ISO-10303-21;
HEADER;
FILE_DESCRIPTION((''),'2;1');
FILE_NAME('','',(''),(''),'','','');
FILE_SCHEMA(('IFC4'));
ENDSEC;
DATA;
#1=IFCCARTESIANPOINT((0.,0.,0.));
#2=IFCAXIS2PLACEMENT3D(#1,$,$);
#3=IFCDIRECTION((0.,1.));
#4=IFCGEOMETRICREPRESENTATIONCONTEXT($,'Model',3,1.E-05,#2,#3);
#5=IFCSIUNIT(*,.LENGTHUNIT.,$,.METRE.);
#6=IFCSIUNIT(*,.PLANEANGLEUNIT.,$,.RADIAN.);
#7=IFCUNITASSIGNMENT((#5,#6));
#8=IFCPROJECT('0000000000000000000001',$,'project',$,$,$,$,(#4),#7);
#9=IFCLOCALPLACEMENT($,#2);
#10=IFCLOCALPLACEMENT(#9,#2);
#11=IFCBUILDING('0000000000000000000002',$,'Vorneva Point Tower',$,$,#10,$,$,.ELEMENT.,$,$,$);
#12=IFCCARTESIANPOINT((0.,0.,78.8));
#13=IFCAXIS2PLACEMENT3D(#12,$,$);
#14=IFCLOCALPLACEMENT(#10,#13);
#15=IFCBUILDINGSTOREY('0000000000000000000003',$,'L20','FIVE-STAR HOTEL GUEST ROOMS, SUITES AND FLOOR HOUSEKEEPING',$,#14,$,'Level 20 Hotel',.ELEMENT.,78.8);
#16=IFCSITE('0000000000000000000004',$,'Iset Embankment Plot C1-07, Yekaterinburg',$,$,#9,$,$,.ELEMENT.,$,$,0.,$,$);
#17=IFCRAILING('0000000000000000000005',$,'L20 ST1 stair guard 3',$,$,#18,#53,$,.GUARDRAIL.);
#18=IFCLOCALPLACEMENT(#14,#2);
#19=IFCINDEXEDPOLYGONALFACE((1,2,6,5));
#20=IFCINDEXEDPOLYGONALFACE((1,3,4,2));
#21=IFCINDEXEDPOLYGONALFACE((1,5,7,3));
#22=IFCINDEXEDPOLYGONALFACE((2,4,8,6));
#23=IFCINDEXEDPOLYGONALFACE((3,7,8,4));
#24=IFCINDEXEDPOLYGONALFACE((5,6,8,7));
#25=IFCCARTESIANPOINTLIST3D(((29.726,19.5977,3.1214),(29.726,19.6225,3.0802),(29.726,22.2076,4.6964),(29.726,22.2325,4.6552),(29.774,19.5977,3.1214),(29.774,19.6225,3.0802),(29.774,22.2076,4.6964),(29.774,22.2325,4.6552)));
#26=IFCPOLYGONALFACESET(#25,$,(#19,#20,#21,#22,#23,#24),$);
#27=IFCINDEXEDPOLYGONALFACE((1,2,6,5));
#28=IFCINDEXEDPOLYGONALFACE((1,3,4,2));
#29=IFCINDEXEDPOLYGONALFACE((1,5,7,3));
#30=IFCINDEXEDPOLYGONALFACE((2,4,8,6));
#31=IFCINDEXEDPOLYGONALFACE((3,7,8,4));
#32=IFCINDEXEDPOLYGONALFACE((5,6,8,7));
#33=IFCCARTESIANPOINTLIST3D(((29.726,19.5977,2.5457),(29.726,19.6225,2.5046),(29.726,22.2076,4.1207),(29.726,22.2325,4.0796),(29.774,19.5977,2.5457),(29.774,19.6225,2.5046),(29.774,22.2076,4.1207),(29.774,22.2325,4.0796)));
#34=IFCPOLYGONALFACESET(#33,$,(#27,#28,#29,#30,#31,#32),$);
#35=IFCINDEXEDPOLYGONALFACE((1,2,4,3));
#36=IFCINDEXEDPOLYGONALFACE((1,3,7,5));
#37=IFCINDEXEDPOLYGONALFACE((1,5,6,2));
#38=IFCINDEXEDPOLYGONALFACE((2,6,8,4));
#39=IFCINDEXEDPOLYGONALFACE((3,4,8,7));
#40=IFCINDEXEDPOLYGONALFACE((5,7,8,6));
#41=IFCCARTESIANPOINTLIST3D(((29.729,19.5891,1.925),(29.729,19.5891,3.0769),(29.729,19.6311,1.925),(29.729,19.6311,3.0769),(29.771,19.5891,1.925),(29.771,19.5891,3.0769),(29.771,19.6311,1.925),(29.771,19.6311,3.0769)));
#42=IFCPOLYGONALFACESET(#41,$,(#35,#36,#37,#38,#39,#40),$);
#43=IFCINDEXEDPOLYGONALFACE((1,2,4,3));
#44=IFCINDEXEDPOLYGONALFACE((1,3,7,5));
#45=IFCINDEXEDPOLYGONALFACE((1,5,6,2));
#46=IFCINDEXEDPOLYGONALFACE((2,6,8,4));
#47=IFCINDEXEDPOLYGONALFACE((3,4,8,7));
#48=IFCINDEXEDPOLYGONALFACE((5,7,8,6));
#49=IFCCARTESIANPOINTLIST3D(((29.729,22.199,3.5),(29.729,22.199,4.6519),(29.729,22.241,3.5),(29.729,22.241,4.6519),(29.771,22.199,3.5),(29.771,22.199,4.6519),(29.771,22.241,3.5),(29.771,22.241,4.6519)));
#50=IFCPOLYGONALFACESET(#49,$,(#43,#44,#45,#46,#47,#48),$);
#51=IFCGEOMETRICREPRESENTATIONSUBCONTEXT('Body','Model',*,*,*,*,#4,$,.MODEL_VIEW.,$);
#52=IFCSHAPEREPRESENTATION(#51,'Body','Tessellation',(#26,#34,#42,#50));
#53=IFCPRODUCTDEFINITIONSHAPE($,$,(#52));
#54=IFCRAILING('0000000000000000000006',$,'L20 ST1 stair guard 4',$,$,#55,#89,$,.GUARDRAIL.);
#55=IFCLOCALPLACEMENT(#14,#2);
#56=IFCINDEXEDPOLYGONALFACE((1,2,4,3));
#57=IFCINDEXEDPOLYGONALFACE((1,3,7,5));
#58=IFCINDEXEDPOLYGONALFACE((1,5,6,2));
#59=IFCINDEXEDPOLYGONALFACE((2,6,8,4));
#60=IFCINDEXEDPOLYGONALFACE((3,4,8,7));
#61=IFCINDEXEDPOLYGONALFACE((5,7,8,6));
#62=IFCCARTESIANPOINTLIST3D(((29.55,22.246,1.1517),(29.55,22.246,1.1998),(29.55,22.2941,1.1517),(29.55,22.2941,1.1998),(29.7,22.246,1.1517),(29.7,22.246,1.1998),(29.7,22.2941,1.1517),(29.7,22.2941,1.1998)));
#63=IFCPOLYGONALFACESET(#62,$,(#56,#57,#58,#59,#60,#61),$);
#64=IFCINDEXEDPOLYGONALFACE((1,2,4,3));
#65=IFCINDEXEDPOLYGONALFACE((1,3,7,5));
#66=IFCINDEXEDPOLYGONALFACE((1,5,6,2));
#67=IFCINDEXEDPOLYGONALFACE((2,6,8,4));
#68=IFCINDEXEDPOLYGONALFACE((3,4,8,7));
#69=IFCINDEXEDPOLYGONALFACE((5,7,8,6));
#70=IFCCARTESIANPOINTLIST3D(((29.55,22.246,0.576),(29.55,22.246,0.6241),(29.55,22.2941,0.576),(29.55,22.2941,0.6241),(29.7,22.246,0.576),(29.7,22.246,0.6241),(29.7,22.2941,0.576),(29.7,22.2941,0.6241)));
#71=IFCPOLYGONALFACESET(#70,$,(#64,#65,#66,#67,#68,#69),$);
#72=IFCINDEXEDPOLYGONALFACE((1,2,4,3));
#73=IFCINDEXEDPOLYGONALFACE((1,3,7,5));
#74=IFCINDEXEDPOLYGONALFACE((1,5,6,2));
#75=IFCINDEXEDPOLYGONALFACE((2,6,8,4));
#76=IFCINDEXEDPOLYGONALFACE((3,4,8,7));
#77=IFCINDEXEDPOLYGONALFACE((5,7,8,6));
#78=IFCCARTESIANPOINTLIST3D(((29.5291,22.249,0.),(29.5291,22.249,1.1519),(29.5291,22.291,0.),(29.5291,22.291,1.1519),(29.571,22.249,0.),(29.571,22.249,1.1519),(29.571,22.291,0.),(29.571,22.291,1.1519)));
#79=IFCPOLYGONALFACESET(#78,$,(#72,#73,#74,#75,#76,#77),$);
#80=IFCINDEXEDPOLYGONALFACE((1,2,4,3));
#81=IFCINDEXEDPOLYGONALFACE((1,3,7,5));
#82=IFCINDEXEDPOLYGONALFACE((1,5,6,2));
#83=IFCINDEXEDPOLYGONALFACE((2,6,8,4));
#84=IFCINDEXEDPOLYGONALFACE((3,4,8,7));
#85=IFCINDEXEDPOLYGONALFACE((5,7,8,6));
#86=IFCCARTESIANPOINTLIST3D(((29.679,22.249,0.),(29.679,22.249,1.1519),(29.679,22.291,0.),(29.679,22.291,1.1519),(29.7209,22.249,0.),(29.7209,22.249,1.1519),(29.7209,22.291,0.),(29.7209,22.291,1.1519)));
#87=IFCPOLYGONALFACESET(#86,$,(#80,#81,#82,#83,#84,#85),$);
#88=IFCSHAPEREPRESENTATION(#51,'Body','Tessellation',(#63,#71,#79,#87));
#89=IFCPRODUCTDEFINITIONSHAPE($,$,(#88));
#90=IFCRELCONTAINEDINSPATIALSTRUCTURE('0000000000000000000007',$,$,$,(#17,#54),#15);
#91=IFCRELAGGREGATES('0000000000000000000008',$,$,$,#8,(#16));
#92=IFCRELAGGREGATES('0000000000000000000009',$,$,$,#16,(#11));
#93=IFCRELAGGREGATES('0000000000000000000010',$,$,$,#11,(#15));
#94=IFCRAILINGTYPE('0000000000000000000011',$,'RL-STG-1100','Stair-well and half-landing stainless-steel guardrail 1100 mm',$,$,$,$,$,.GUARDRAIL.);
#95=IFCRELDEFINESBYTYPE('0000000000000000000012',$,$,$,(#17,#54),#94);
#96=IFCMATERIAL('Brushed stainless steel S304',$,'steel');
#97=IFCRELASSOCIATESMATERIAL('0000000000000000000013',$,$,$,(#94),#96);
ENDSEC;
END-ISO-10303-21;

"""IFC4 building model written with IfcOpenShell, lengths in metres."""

from ifc_helpers import new_model, si_unit, direction, frame, origin, origin_2d, place, context, subcontext, project, spatial, rectangle, extrude, material, type_object, element, save


model = new_model("IFC4")

# Units and contexts
model_context = context("Model", 3, precision=1e-05, world=origin(), true_north=direction((0.0, 1.0)))
body_context = subcontext(model_context, "Body", "Model", "MODEL_VIEW")
ifc_project = project(units=[si_unit("LENGTHUNIT", "METRE"), si_unit("PLANEANGLEUNIT", "RADIAN")], contexts=[model_context])

# Site, building, storey
site_placement = place(None, origin())
site = spatial("IfcSite", under=ifc_project, at=site_placement, Name="Iset Embankment Plot C1-07, Yekaterinburg", CompositionType="ELEMENT", RefElevation=0.0)
building_placement = place(site_placement, origin())
building = spatial("IfcBuilding", under=site, at=building_placement, Name="Vorneva Point Tower", CompositionType="ELEMENT")
storey_placement = place(building_placement, frame((0.0, 0.0, 78.8)))
storey = spatial("IfcBuildingStorey", under=building, at=storey_placement, Name="L20", Description="FIVE-STAR HOTEL GUEST ROOMS, SUITES AND FLOOR HOUSEKEEPING", LongName="Level 20 Hotel", CompositionType="ELEMENT", Elevation=78.8)

# Railings
ifc_material_1 = material(Name="Brushed stainless steel S304", Category="steel")
railing_type_1 = type_object("IfcRailingType", Name="RL-STG-1100", Description="Stair-well and half-landing stainless-steel guardrail 1100 mm", PredefinedType="GUARDRAIL", material=ifc_material_1)
railing_1_placement = place(storey_placement, frame((29.75, 19.6101, 1.925)))
element("IfcRailing", 1, at=railing_1_placement, inside=storey, type_object=railing_type_1, Name="L20 ST1 stair guard 3", PredefinedType="GUARDRAIL", context=body_context, shape_type="SweptSolid", body=[
    extrude(rectangle(XDim=0.0481, YDim=0.0481, at=origin_2d()), frame((0.0, 0.0, 1.1758), z_axis=(0.0, 0.856183, 0.516673), x_axis=(-1.0, 0.0, 0.0)), (0.0, 0.0, 1.0), 3.0483),
    extrude(rectangle(XDim=0.0481, YDim=0.0481, at=origin_2d()), frame((0.0, 0.0, 0.6001), z_axis=(0.0, 0.856183, 0.516673), x_axis=(-1.0, 0.0, 0.0)), (0.0, 0.0, 1.0), 3.0483),
    extrude(rectangle(XDim=0.042, YDim=0.042, at=origin_2d()), origin(), (0.0, 0.0, 1.0), 1.1519),
    extrude(rectangle(XDim=0.042, YDim=0.042, at=origin_2d()), frame((0.0, 2.6099, 1.575)), (0.0, 0.0, 1.0), 1.1519),
])
railing_2_placement = place(storey_placement, frame((29.55, 22.27, 0.0)))
element("IfcRailing", 2, at=railing_2_placement, inside=storey, type_object=railing_type_1, Name="L20 ST1 stair guard 4", PredefinedType="GUARDRAIL", context=body_context, shape_type="SweptSolid", body=[
    extrude(rectangle(XDim=0.0481, YDim=0.0481, at=origin_2d()), frame((0.0, 0.0, 1.1758), z_axis=(1.0, 0.0, 0.0), x_axis=(0.0, 1.0, 0.0)), (0.0, 0.0, 1.0), 0.1499),
    extrude(rectangle(XDim=0.0481, YDim=0.0481, at=origin_2d()), frame((0.0, 0.0, 0.6001), z_axis=(1.0, 0.0, 0.0), x_axis=(0.0, 1.0, 0.0)), (0.0, 0.0, 1.0), 0.1499),
    extrude(rectangle(XDim=0.042, YDim=0.042, at=origin_2d()), origin(), (0.0, 0.0, 1.0), 1.1519),
    extrude(rectangle(XDim=0.042, YDim=0.042, at=origin_2d()), frame((0.1499, 0.0, 0.0)), (0.0, 0.0, 1.0), 1.1519),
])

save(model, "model.ifc")
